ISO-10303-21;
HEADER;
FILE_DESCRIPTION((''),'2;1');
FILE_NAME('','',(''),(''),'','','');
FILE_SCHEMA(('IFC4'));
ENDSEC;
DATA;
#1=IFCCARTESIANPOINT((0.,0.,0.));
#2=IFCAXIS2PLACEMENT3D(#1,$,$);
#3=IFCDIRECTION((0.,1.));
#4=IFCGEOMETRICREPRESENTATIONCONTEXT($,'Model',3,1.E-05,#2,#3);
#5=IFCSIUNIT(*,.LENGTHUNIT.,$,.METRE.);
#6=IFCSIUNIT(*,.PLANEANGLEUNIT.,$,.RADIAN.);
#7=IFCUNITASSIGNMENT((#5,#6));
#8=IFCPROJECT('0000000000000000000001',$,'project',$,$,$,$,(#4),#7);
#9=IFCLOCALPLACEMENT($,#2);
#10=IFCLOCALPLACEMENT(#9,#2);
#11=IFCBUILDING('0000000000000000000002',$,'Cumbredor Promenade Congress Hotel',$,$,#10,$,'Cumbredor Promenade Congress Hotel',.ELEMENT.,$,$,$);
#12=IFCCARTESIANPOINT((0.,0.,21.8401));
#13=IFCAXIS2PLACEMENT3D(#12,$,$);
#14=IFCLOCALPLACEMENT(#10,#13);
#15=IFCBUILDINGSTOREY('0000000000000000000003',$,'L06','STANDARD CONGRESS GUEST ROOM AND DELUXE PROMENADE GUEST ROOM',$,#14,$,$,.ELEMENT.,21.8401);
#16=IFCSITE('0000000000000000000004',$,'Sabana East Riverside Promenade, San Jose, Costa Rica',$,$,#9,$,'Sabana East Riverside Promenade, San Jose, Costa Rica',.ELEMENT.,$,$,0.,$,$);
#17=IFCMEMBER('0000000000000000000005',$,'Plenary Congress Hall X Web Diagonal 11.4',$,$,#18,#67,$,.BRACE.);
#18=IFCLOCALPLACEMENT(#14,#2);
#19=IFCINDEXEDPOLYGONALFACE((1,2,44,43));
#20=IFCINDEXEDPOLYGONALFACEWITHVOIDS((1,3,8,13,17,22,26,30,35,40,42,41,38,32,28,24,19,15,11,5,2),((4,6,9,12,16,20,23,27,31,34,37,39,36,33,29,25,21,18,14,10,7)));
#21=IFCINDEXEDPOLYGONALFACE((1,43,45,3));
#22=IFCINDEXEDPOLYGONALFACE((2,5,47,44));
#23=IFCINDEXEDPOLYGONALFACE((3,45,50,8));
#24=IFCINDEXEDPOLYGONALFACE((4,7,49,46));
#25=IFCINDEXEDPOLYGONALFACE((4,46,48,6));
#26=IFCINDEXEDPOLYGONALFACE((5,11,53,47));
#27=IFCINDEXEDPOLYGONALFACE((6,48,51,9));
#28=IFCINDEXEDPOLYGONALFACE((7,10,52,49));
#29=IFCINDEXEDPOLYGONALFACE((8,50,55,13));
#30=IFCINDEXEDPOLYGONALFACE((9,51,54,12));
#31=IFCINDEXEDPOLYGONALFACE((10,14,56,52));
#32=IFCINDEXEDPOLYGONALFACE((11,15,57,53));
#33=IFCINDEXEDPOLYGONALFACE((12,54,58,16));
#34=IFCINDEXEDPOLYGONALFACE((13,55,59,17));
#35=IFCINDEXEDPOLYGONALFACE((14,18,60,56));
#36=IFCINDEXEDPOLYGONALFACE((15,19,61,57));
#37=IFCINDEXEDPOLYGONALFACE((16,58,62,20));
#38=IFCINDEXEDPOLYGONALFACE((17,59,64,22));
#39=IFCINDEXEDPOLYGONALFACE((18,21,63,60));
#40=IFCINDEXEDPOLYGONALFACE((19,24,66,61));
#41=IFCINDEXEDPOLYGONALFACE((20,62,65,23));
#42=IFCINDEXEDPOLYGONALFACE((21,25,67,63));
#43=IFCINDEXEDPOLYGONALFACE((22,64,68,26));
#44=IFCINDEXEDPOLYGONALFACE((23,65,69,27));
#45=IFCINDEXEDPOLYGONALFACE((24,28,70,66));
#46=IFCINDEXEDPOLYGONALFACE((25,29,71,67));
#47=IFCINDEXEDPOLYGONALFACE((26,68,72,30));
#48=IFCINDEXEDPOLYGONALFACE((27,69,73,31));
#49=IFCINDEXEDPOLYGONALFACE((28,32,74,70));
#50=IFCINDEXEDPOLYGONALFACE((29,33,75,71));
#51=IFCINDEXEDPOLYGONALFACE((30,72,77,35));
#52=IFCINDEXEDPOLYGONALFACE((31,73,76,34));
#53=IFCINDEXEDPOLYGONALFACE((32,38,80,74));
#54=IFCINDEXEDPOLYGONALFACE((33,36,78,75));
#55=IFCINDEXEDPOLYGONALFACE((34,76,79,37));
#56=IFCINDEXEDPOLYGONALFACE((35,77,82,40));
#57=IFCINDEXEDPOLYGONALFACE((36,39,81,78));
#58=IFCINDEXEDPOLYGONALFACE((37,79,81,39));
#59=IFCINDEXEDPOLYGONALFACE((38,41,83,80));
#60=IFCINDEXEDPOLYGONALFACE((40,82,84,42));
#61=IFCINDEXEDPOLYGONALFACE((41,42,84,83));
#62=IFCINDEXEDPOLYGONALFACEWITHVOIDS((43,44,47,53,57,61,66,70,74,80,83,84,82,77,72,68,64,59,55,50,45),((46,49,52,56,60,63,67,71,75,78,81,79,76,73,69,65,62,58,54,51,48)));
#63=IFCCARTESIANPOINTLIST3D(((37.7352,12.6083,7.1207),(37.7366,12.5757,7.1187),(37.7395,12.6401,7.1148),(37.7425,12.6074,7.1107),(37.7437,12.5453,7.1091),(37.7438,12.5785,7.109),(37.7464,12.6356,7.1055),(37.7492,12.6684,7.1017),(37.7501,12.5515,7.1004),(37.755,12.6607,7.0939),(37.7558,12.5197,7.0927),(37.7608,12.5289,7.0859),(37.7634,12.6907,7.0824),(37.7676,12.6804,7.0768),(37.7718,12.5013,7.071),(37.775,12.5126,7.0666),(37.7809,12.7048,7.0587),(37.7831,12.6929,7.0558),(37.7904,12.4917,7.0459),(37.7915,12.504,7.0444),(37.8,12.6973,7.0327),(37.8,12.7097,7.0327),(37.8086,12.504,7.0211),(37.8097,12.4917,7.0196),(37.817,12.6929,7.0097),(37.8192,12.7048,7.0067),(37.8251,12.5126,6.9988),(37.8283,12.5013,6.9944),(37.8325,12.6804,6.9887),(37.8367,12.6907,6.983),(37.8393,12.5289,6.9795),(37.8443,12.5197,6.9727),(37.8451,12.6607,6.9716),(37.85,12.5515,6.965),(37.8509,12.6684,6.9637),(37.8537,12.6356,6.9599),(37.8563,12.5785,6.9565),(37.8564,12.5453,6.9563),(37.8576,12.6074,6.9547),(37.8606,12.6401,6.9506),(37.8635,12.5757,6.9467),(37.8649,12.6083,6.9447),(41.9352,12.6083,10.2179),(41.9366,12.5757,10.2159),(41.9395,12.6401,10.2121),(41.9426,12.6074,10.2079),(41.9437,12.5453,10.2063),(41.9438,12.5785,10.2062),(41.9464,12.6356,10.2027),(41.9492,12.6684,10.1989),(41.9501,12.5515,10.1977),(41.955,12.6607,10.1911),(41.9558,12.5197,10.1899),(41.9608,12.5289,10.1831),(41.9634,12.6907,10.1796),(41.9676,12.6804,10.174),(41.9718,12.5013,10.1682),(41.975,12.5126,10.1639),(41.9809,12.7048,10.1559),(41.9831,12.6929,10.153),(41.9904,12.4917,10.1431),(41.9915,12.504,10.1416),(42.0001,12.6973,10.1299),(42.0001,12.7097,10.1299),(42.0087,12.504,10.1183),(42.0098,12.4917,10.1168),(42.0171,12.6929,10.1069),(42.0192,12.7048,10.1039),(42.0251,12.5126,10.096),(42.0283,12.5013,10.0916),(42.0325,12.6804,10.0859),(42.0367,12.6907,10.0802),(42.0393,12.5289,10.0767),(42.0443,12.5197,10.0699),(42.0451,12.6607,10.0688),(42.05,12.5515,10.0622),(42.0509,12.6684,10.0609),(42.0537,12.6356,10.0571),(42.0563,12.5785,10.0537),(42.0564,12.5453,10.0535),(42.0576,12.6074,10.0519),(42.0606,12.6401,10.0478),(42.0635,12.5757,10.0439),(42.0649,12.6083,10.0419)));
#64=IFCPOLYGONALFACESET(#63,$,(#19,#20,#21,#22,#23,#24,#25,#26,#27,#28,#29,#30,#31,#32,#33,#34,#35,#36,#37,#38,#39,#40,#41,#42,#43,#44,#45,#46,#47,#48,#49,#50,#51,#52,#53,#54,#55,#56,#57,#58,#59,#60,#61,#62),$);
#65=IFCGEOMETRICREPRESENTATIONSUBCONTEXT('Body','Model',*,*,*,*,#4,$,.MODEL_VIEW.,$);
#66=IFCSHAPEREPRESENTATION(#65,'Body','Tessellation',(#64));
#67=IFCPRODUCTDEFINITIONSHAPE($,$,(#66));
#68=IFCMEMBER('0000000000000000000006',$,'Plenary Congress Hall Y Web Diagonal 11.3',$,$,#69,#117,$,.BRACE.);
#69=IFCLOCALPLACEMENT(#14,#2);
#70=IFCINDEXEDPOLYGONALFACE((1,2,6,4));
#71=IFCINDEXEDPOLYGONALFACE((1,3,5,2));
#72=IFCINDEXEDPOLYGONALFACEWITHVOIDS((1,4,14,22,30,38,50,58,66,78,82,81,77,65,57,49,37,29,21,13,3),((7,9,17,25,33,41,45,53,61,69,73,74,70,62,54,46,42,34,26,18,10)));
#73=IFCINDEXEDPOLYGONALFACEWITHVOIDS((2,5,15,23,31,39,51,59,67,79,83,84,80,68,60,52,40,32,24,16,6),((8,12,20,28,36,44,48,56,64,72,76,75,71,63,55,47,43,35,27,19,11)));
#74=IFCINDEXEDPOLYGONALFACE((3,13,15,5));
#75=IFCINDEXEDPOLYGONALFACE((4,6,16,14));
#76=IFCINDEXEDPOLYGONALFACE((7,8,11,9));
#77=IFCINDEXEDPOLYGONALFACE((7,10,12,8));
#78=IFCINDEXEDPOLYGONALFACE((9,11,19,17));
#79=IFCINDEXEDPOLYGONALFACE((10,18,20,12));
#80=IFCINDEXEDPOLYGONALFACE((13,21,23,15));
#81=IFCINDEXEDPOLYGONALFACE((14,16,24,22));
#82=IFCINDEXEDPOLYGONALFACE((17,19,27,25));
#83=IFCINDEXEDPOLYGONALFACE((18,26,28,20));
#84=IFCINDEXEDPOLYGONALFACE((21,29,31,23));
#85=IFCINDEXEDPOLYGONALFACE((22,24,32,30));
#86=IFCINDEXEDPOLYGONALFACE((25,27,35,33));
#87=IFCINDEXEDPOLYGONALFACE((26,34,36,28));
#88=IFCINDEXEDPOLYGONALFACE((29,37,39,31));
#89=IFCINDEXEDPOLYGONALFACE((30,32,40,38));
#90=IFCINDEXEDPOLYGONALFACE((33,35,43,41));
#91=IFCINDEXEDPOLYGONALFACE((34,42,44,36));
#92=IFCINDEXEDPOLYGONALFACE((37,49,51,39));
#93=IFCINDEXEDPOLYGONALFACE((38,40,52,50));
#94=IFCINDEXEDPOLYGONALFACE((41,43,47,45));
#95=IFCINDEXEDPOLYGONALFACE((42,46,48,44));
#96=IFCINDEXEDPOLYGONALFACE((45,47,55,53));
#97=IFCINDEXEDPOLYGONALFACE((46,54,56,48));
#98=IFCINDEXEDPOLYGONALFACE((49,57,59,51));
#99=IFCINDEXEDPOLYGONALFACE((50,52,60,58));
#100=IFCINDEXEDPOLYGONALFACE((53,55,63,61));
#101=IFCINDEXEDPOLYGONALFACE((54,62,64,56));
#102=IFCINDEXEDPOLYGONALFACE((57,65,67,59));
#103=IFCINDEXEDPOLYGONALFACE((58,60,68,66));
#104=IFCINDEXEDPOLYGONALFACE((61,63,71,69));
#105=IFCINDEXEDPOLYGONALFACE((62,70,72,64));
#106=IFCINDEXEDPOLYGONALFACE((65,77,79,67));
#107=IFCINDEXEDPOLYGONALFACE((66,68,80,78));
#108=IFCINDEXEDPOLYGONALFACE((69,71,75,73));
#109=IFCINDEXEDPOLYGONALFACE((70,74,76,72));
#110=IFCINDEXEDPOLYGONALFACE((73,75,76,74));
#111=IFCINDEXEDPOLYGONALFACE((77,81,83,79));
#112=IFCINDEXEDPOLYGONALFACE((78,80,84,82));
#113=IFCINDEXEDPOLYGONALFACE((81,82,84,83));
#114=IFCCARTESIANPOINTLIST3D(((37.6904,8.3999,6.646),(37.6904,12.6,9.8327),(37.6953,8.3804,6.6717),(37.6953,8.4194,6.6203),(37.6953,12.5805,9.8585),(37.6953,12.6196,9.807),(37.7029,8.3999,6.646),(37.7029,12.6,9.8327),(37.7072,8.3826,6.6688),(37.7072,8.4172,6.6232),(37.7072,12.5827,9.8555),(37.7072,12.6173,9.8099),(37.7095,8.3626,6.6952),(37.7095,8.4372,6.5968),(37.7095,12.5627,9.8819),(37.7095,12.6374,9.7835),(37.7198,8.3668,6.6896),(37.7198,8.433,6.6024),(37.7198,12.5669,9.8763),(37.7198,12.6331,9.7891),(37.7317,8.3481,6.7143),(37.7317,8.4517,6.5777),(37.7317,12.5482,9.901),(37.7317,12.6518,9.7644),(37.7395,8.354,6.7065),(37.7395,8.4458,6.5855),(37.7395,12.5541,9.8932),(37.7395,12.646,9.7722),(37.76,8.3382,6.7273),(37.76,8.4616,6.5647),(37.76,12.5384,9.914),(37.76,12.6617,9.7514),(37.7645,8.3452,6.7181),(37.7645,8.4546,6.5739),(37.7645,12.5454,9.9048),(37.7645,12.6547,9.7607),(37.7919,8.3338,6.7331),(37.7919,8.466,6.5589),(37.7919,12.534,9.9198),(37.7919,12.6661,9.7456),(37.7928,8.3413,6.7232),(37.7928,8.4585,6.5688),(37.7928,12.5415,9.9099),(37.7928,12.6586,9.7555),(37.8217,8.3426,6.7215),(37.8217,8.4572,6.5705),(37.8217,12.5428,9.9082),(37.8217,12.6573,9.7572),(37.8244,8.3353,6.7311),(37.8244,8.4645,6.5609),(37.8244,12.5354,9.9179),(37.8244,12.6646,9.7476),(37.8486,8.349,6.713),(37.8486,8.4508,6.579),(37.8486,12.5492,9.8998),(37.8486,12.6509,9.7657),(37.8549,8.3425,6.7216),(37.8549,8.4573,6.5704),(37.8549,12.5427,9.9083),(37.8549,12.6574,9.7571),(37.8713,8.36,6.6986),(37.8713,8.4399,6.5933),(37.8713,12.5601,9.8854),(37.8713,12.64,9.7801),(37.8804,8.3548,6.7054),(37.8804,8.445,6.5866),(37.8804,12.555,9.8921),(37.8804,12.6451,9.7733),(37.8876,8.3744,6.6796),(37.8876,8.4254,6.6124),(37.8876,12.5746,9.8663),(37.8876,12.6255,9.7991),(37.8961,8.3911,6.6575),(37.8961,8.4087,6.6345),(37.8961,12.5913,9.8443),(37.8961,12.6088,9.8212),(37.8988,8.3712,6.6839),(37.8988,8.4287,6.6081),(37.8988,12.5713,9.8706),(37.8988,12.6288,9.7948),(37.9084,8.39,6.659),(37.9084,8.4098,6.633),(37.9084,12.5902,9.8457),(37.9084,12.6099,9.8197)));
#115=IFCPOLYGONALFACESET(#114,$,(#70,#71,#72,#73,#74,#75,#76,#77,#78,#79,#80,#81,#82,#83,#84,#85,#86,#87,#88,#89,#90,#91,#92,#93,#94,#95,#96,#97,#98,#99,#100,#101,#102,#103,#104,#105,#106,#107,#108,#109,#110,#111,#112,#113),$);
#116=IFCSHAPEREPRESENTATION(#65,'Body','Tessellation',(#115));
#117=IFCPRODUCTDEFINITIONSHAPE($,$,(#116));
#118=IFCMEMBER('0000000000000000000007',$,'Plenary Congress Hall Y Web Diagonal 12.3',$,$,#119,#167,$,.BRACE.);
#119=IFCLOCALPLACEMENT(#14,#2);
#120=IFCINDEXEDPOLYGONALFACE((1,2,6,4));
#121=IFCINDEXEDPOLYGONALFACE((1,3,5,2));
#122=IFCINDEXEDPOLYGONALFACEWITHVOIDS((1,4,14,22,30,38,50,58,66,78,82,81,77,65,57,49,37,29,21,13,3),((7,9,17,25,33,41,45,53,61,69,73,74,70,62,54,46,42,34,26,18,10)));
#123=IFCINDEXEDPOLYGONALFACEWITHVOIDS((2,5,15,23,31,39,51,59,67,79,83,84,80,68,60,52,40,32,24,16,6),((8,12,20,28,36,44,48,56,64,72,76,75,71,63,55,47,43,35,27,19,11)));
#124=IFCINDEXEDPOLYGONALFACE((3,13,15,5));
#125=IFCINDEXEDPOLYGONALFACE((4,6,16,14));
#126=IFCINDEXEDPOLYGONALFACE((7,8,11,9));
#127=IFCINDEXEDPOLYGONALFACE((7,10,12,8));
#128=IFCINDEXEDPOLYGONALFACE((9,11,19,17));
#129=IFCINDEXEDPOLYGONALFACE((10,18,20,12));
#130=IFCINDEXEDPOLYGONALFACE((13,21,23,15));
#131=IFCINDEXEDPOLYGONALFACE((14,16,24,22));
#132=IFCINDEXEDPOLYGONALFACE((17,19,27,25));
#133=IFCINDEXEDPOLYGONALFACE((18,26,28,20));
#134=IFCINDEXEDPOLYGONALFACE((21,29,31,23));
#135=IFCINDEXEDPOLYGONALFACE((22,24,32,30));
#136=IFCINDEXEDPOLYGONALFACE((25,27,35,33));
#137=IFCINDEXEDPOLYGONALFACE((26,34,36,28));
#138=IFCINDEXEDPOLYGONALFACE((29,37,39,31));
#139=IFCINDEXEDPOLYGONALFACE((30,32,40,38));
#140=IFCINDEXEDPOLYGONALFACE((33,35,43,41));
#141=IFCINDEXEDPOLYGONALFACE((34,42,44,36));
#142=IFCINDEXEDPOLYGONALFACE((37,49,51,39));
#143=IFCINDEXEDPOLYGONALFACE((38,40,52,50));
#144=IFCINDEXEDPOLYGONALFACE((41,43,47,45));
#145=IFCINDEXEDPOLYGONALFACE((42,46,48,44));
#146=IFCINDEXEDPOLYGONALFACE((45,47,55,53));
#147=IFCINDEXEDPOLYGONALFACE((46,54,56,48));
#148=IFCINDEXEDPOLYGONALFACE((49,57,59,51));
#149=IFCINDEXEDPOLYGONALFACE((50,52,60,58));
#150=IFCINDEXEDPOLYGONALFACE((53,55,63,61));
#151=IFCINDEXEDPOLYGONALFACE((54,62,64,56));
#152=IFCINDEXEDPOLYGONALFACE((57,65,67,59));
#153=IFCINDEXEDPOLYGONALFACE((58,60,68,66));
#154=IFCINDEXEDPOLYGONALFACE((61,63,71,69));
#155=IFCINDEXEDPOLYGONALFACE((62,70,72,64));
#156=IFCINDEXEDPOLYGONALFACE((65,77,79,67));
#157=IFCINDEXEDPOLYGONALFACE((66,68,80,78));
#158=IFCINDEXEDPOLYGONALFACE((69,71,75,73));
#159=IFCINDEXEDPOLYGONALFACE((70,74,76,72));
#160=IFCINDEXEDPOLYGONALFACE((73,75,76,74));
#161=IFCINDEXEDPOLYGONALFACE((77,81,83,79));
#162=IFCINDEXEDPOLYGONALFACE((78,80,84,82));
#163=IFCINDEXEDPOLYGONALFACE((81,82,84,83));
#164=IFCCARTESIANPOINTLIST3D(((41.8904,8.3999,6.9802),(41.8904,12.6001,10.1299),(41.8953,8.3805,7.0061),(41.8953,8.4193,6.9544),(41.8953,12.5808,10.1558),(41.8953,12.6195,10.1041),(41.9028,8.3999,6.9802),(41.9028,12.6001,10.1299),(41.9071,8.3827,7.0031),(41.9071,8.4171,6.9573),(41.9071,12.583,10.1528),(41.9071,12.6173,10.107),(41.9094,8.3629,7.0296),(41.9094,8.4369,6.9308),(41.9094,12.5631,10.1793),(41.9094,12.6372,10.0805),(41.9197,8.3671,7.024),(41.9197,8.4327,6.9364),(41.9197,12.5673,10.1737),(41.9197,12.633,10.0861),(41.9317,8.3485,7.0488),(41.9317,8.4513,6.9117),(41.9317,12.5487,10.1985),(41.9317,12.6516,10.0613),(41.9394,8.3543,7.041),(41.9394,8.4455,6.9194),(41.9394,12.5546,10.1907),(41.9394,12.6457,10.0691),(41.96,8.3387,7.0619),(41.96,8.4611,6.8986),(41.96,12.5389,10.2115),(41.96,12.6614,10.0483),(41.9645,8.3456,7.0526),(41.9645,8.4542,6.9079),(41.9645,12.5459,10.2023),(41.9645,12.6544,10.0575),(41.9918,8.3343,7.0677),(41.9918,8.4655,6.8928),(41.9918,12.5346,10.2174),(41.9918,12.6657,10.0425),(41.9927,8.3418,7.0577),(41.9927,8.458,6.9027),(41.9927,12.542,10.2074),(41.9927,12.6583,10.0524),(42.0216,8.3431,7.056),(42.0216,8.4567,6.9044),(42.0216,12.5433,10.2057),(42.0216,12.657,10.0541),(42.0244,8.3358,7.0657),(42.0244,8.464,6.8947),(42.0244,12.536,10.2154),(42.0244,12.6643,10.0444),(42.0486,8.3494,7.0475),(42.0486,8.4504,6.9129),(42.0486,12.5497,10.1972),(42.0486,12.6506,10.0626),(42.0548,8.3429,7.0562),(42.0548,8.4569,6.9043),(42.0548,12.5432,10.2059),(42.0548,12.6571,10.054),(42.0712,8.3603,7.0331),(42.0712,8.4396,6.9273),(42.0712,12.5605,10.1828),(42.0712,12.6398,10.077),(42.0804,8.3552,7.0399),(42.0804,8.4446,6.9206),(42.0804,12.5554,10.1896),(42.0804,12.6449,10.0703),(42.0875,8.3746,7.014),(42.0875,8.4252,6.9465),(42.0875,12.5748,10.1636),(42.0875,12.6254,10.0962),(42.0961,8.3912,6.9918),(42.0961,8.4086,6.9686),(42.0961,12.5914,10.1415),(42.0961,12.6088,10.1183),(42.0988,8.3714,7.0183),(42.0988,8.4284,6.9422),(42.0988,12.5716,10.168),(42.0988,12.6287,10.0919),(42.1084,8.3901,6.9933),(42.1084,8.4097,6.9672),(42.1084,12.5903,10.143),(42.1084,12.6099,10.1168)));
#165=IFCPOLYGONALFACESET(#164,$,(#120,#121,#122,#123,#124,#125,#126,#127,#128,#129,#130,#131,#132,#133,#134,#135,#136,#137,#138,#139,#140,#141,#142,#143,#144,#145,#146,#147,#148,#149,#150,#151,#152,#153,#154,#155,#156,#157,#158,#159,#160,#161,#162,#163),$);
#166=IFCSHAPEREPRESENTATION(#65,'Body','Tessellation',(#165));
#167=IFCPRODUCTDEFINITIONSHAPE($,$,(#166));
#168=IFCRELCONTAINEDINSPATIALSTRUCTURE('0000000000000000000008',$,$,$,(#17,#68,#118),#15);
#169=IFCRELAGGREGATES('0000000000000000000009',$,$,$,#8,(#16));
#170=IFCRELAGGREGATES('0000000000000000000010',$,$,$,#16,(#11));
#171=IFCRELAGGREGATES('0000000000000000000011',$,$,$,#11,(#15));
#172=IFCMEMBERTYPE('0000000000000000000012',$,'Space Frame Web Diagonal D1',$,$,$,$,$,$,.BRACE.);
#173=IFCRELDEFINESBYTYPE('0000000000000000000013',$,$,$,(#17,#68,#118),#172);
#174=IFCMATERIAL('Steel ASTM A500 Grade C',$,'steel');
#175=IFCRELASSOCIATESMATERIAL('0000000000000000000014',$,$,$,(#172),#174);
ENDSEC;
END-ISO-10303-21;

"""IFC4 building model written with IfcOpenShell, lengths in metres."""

from ifc_helpers import new_model, si_unit, direction, frame, origin, origin_2d, place, context, subcontext, project, spatial, hollow_circle, extrude, material, material_profile, profile_set, type_object, element, save


model = new_model("IFC4")

# Units and contexts
model_context = context("Model", 3, precision=1e-05, world=origin(), true_north=direction((0.0, 1.0)))
body_context = subcontext(model_context, "Body", "Model", "MODEL_VIEW")
ifc_project = project(units=[si_unit("LENGTHUNIT", "METRE"), si_unit("PLANEANGLEUNIT", "RADIAN")], contexts=[model_context])

# Site, building, storey
site_placement = place(None, origin())
site = spatial("IfcSite", under=ifc_project, at=site_placement, Name="Sabana East Riverside Promenade, San Jose, Costa Rica", LongName="Sabana East Riverside Promenade, San Jose, Costa Rica", CompositionType="ELEMENT", RefElevation=0.0)
building_placement = place(site_placement, origin())
building = spatial("IfcBuilding", under=site, at=building_placement, Name="Cumbredor Promenade Congress Hotel", LongName="Cumbredor Promenade Congress Hotel", CompositionType="ELEMENT")
storey_placement = place(building_placement, frame((0.0, 0.0, 21.8401)))
storey = spatial("IfcBuildingStorey", under=building, at=storey_placement, Name="L06", Description="STANDARD CONGRESS GUEST ROOM AND DELUXE PROMENADE GUEST ROOM", CompositionType="ELEMENT", Elevation=21.8401)

# Members
ifc_material_1 = material(Name="Steel ASTM A500 Grade C", Category="steel")
ifc_material_profile_1 = material_profile(ifc_material_1, hollow_circle(Radius=0.1096, WallThickness=0.0125, at=origin_2d()), Name="CHS 219.1x12.5")
ifc_profile_set_1 = profile_set([ifc_material_profile_1], Name="Steel ASTM A500 Grade C")
member_type_1 = type_object("IfcMemberType", Name="Space Frame Web Diagonal D1", PredefinedType="BRACE", material=ifc_profile_set_1)
member_1_placement = place(storey_placement, frame((37.8, 12.6001, 7.0327), z_axis=(0.80483, 0.0, 0.593505), x_axis=(0.0, 1.0, 0.0)))
element("IfcMember", 1, at=member_1_placement, inside=storey, type_object=member_type_1, Name="Plenary Congress Hall X Web Diagonal 11.4", PredefinedType="BRACE", context=body_context, shape_type="SweptSolid", body=[
    extrude(hollow_circle(Radius=0.1096, WallThickness=0.0125, at=origin_2d()), origin(), (0.0, 0.0, 1.0), 5.2185),
])
member_2_placement = place(storey_placement, frame((37.8, 8.3999, 6.646), z_axis=(0.0, 0.796654, 0.604436), x_axis=(-1.0, 0.0, 0.0)))
element("IfcMember", 2, at=member_2_placement, inside=storey, type_object=member_type_1, Name="Plenary Congress Hall Y Web Diagonal 11.3", PredefinedType="BRACE", context=body_context, shape_type="SweptSolid", body=[
    extrude(hollow_circle(Radius=0.1096, WallThickness=0.0125, at=origin_2d()), origin(), (0.0, 0.0, 1.0), 5.2722),
])
member_3_placement = place(storey_placement, frame((42.0, 8.3999, 6.9802), z_axis=(0.0, 0.800045, 0.59994), x_axis=(-1.0, 0.0, 0.0)))
element("IfcMember", 3, at=member_3_placement, inside=storey, type_object=member_type_1, Name="Plenary Congress Hall Y Web Diagonal 12.3", PredefinedType="BRACE", context=body_context, shape_type="SweptSolid", body=[
    extrude(hollow_circle(Radius=0.1096, WallThickness=0.0125, at=origin_2d()), origin(), (0.0, 0.0, 1.0), 5.25),
])

save(model, "model.ifc")
